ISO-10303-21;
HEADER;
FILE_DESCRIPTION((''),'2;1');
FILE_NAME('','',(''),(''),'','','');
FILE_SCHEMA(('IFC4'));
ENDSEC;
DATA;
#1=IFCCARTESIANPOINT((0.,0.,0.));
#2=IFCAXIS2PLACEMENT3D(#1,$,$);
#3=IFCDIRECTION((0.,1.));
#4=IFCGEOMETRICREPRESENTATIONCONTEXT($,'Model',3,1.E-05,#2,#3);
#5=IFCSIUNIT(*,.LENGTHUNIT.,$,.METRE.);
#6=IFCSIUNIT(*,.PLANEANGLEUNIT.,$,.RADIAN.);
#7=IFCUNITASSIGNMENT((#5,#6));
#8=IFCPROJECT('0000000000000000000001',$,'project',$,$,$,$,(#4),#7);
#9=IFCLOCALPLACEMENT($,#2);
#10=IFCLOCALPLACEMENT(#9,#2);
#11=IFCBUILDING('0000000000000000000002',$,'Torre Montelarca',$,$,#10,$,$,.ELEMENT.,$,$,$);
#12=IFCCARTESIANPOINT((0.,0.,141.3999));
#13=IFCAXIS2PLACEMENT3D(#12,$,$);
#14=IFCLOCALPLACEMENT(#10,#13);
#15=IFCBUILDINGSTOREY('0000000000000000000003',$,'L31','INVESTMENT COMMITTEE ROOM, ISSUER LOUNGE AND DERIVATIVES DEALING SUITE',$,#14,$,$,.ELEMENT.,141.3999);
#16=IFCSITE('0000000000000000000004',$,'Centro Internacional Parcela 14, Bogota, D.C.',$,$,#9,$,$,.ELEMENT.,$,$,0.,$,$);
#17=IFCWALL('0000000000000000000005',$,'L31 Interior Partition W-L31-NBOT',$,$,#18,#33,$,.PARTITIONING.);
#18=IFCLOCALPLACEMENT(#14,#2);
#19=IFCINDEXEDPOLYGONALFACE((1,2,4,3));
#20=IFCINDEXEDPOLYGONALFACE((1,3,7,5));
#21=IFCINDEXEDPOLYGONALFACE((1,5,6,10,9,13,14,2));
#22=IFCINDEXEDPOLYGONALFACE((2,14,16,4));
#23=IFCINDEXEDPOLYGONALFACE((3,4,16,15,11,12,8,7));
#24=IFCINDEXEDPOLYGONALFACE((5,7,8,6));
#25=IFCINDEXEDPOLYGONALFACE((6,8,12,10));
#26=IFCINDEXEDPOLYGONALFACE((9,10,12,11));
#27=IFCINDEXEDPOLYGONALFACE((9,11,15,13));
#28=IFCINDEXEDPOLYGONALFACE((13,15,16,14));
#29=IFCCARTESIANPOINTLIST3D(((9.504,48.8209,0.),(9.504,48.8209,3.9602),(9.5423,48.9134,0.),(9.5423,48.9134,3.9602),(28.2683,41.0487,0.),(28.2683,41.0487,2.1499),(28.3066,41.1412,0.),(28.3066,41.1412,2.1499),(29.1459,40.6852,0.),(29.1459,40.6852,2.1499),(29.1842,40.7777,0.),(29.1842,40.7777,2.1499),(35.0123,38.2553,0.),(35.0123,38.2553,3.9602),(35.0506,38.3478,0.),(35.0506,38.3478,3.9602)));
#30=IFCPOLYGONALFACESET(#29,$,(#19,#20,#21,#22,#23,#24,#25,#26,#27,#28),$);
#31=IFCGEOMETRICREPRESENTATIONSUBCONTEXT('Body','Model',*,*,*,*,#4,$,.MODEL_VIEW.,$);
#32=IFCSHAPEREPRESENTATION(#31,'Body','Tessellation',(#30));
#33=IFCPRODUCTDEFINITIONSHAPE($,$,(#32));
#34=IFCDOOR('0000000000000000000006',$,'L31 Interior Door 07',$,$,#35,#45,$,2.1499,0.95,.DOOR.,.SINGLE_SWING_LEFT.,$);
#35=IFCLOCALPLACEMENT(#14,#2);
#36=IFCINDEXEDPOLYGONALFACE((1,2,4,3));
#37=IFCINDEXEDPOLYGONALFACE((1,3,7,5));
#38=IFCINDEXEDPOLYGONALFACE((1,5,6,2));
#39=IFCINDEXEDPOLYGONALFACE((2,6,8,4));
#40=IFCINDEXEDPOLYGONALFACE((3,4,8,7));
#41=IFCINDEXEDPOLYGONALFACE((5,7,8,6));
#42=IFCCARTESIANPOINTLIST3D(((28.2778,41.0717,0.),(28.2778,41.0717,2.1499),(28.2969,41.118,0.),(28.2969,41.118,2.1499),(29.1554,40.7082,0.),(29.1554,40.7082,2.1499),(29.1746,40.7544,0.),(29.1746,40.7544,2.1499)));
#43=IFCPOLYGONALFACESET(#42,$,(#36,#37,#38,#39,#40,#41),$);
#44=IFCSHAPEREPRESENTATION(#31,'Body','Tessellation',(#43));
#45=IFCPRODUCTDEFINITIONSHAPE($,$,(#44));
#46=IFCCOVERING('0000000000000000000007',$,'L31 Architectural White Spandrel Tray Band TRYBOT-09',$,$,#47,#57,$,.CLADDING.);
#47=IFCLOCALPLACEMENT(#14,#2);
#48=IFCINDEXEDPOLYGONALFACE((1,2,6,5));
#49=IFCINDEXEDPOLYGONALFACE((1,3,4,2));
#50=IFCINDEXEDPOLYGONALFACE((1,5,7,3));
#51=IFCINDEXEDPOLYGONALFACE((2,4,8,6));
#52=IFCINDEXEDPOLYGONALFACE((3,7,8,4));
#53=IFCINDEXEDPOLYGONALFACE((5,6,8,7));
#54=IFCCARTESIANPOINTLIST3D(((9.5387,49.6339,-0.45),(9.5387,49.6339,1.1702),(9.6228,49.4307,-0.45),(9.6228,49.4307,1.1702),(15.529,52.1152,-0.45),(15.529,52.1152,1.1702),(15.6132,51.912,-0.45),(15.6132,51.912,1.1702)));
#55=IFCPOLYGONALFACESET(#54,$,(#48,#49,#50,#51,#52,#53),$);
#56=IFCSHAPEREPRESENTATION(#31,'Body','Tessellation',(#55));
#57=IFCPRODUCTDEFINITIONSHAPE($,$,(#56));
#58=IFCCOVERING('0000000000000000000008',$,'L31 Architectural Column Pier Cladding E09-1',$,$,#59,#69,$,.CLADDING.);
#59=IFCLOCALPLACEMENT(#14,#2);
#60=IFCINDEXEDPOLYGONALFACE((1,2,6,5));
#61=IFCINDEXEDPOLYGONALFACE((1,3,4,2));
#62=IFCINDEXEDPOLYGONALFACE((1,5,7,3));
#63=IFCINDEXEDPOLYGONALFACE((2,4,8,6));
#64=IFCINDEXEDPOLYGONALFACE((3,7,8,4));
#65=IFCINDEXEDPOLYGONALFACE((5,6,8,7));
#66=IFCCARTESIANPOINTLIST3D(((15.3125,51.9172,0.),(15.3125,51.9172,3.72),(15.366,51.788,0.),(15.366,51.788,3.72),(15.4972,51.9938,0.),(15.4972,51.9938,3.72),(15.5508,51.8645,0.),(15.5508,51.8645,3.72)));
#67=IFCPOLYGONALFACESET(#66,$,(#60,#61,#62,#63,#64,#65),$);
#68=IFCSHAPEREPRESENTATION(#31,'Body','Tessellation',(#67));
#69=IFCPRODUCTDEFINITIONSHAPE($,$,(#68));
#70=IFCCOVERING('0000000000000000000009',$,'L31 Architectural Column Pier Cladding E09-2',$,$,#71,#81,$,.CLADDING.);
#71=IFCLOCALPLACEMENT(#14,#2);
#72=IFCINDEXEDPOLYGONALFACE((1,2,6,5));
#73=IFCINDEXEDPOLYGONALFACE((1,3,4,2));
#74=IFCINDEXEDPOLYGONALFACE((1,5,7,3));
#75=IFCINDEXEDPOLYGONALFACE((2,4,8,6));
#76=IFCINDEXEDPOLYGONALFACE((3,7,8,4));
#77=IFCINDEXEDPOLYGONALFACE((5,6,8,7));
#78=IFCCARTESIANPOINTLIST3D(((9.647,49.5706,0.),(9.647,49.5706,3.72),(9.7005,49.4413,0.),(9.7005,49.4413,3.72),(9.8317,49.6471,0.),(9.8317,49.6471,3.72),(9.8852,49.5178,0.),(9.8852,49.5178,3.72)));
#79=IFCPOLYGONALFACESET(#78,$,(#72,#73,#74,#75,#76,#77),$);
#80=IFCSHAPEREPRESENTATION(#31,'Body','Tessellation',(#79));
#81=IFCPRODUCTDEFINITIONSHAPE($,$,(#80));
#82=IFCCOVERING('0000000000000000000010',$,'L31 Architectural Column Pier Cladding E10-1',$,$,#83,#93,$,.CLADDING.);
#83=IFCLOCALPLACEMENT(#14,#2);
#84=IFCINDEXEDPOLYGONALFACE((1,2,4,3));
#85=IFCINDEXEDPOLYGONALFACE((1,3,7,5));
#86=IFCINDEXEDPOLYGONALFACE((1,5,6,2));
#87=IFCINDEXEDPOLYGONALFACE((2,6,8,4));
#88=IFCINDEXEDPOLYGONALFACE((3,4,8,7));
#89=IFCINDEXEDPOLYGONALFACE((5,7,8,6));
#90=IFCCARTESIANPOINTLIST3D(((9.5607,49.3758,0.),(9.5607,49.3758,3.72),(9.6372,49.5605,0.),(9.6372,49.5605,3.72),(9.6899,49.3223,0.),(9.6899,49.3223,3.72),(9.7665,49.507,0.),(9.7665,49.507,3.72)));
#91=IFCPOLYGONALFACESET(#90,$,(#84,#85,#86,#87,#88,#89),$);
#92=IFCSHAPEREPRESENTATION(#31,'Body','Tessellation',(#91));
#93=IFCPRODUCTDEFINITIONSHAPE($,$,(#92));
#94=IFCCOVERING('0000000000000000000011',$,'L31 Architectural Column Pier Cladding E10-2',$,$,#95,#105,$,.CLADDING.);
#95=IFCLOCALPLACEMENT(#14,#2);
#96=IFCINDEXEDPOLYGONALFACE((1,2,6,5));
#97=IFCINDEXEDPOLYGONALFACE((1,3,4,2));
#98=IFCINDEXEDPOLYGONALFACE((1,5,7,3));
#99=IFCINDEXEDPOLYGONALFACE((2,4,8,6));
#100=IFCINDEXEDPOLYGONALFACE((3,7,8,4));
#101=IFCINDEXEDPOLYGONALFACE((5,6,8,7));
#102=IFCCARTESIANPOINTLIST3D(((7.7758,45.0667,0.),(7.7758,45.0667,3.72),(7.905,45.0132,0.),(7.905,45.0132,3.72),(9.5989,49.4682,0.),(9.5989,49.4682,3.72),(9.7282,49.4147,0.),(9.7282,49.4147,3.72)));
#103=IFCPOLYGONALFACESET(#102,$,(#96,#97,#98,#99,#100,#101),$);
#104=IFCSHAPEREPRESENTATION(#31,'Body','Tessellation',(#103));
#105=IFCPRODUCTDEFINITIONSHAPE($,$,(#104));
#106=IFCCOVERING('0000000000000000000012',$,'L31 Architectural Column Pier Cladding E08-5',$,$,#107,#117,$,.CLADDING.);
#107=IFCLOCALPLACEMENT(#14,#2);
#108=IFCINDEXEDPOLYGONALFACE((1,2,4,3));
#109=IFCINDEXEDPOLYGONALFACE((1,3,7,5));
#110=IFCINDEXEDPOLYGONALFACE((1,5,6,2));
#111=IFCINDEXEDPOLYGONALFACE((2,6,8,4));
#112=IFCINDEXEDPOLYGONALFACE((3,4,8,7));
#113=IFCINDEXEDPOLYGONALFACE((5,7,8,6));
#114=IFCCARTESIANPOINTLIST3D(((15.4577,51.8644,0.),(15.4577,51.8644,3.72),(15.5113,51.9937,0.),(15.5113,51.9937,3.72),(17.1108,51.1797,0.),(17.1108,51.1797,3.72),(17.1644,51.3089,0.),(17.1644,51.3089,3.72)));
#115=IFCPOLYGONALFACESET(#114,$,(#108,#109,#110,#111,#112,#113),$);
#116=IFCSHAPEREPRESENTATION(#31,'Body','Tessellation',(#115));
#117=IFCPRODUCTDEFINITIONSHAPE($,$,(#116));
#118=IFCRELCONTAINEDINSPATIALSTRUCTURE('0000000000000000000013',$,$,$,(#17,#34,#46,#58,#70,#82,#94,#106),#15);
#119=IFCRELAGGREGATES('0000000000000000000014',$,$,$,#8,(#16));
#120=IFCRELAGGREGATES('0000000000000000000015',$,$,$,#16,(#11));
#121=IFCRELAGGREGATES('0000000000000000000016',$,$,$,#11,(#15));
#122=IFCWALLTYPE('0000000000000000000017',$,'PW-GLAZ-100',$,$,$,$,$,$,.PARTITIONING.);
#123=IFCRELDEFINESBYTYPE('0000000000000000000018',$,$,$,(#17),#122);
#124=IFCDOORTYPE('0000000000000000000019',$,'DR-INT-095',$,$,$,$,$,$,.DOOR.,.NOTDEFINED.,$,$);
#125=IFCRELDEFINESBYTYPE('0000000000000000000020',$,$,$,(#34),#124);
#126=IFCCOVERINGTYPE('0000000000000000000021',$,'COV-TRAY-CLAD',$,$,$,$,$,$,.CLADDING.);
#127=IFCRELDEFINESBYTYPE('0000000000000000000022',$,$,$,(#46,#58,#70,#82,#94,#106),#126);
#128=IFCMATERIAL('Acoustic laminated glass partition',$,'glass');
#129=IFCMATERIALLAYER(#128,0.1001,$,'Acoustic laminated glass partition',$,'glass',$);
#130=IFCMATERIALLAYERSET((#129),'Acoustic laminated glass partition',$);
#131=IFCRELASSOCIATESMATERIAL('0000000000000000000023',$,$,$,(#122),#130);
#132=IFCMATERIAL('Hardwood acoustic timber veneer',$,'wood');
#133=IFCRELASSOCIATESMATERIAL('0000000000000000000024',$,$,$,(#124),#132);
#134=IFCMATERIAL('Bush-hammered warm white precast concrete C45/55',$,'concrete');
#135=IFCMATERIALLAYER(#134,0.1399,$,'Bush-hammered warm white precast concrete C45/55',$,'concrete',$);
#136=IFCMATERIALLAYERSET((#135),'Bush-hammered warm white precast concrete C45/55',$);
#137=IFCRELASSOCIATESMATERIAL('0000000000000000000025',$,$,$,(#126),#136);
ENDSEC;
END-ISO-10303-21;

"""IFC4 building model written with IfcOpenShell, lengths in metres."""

from ifc_helpers import new_model, si_unit, direction, frame, frame_2d, origin, origin_2d, place, context, subcontext, project, spatial, rectangle, extrude, source, transform, mapped, material, layer, layer_set, type_object, element, fill, save


model = new_model("IFC4")

# Units and contexts
model_context = context("Model", 3, precision=1e-05, world=origin(), true_north=direction((0.0, 1.0)))
body_context = subcontext(model_context, "Body", "Model", "MODEL_VIEW")
ifc_project = project(units=[si_unit("LENGTHUNIT", "METRE"), si_unit("PLANEANGLEUNIT", "RADIAN")], contexts=[model_context])

# Site, building, storey
site_placement = place(None, origin())
site = spatial("IfcSite", under=ifc_project, at=site_placement, Name="Centro Internacional Parcela 14, Bogota, D.C.", CompositionType="ELEMENT", RefElevation=0.0)
building_placement = place(site_placement, origin())
building = spatial("IfcBuilding", under=site, at=building_placement, Name="Torre Montelarca", CompositionType="ELEMENT")
storey_placement = place(building_placement, frame((0.0, 0.0, 141.3999)))
storey = spatial("IfcBuildingStorey", under=building, at=storey_placement, Name="L31", Description="INVESTMENT COMMITTEE ROOM, ISSUER LOUNGE AND DERIVATIVES DEALING SUITE", CompositionType="ELEMENT", Elevation=141.3999)

# Wall, opening, door
ifc_material_1 = material(Name="Acoustic laminated glass partition", Category="glass")
ifc_layer_1 = layer(ifc_material_1, 0.1001, Name="Acoustic laminated glass partition", Category="glass")
ifc_layer_set_1 = layer_set([ifc_layer_1], Name="Acoustic laminated glass partition")
wall_type_1 = type_object("IfcWallType", Name="PW-GLAZ-100", PredefinedType="PARTITIONING", material=ifc_layer_set_1)
wall_1_placement = place(storey_placement, frame((9.5232, 48.8672, 0.0), z_axis=(0.0, 0.0, 1.0), x_axis=(0.923882, -0.382677, 0.0)))
wall_1 = element("IfcWall", 1, at=wall_1_placement, inside=storey, type_object=wall_type_1, Name="L31 Interior Partition W-L31-NBOT", PredefinedType="PARTITIONING", context=body_context, shape_type="SweptSolid", body=[
    extrude(rectangle(XDim=27.6099, YDim=0.1001, at=frame_2d((13.8049, 0.0))), origin(), (0.0, 0.0, 1.0), 3.9602),
])
opening_placement = place(wall_1_placement, frame((20.3101, 0.0, 0.0)))
opening = element("IfcOpeningElement", 2, at=opening_placement, cuts=wall_1, PredefinedType="OPENING", context=body_context, shape_type="SweptSolid", body=[
    extrude(rectangle(XDim=0.95, YDim=2.1499, at=frame_2d((0.4751, 1.075))), frame((0.0, 0.0601, 0.0), z_axis=(0.0, -1.0, 0.0), x_axis=(1.0, 0.0, 0.0)), (0.0, 0.0, 1.0), 0.1201),
])
ifc_material_2 = material(Name="Hardwood acoustic timber veneer", Category="wood")
door_type = type_object("IfcDoorType", Name="DR-INT-095", OperationType="NOTDEFINED", PredefinedType="DOOR", material=ifc_material_2)
shared_shape_1 = source(origin(), body_context, "Body", "SweptSolid", [
    extrude(rectangle(XDim=0.95, YDim=2.1499, at=frame_2d((0.4751, 1.075))), frame((0.0, 0.0249, 0.0), z_axis=(0.0, -1.0, 0.0), x_axis=(1.0, 0.0, 0.0)), (0.0, 0.0, 1.0), 0.05),
])
door_placement = place(opening_placement, origin())
door = element("IfcDoor", 3, at=door_placement, inside=storey, type_object=door_type, Name="L31 Interior Door 07", OperationType="SINGLE_SWING_LEFT", OverallHeight=2.1499, OverallWidth=0.95, PredefinedType="DOOR", context=body_context, shape_type="MappedRepresentation", body=[
    mapped(shared_shape_1, transform((0.0, 0.0, 0.0), scale=1.0)),
])
fill(opening, door)

# Coverings
ifc_material_3 = material(Name="Bush-hammered warm white precast concrete C45/55", Category="concrete")
ifc_layer_2 = layer(ifc_material_3, 0.1399, Name="Bush-hammered warm white precast concrete C45/55", Category="concrete")
ifc_layer_set_2 = layer_set([ifc_layer_2], Name="Bush-hammered warm white precast concrete C45/55")
covering_type = type_object("IfcCoveringType", Name="COV-TRAY-CLAD", PredefinedType="CLADDING", material=ifc_layer_set_2)
shared_shape_2 = source(origin(), body_context, "Body", "SweptSolid", [
    extrude(rectangle(XDim=6.4839, YDim=0.22, at=origin_2d()), origin(), (0.0, 0.0, 1.0), 1.6201),
])
covering_1_placement = place(storey_placement, frame((12.5759, 50.7729, -0.45), z_axis=(0.0, 0.0, 1.0), x_axis=(-0.92388, -0.382682, 0.0)))
element("IfcCovering", 4, at=covering_1_placement, inside=storey, type_object=covering_type, Name="L31 Architectural White Spandrel Tray Band TRYBOT-09", PredefinedType="CLADDING", context=body_context, shape_type="MappedRepresentation", body=[
    mapped(shared_shape_2, transform((0.0, 0.0, 0.0), scale=1.0)),
])
shared_shape_3 = source(origin(), body_context, "Body", "SweptSolid", [
    extrude(rectangle(XDim=0.2, YDim=0.1399, at=origin_2d()), origin(), (0.0, 0.0, 1.0), 3.72),
])
for number, where, z_axis, x_axis, name in (
    (5, (15.4316, 51.8909, 0.0), (0.0, 0.0, 1.0), (-0.92388, -0.382683, 0.0), "L31 Architectural Column Pier Cladding E09-1"),
    (6, (9.7661, 49.5442, 0.0), (0.0, 0.0, 1.0), (-0.92388, -0.382683, 0.0), "L31 Architectural Column Pier Cladding E09-2"),
    (7, (9.6636, 49.4414, 0.0), (0.0, 0.0, 1.0), (-0.38268, -0.923881, 0.0), "L31 Architectural Column Pier Cladding E10-1"),
):
    element("IfcCovering", number, at=place(storey_placement, frame(where, z_axis=z_axis, x_axis=x_axis)), inside=storey, type_object=covering_type, Name=name, PredefinedType="CLADDING", context=body_context, shape_type="MappedRepresentation", body=[
        mapped(shared_shape_3, transform((0.0, 0.0, 0.0), scale=1.0)),
    ])
shared_shape_4 = source(origin(), body_context, "Body", "SweptSolid", [
    extrude(rectangle(XDim=4.7642, YDim=0.1399, at=origin_2d()), origin(), (0.0, 0.0, 1.0), 3.72),
])
covering_2_placement = place(storey_placement, frame((8.752, 47.2407, 0.0), z_axis=(0.0, 0.0, 1.0), x_axis=(-0.38268, -0.923881, 0.0)))
element("IfcCovering", 8, at=covering_2_placement, inside=storey, type_object=covering_type, Name="L31 Architectural Column Pier Cladding E10-2", PredefinedType="CLADDING", context=body_context, shape_type="MappedRepresentation", body=[
    mapped(shared_shape_4, transform((0.0, 0.0, 0.0), scale=1.0)),
])
shared_shape_5 = source(origin(), body_context, "Body", "SweptSolid", [
    extrude(rectangle(XDim=1.7893, YDim=0.1399, at=origin_2d()), origin(), (0.0, 0.0, 1.0), 3.72),
])
covering_3_placement = place(storey_placement, frame((16.311, 51.5867, 0.0), z_axis=(0.0, 0.0, 1.0), x_axis=(-0.923879, 0.382685, 0.0)))
element("IfcCovering", 9, at=covering_3_placement, inside=storey, type_object=covering_type, Name="L31 Architectural Column Pier Cladding E08-5", PredefinedType="CLADDING", context=body_context, shape_type="MappedRepresentation", body=[
    mapped(shared_shape_5, transform((0.0, 0.0, 0.0), scale=1.0)),
])

save(model, "model.ifc")
